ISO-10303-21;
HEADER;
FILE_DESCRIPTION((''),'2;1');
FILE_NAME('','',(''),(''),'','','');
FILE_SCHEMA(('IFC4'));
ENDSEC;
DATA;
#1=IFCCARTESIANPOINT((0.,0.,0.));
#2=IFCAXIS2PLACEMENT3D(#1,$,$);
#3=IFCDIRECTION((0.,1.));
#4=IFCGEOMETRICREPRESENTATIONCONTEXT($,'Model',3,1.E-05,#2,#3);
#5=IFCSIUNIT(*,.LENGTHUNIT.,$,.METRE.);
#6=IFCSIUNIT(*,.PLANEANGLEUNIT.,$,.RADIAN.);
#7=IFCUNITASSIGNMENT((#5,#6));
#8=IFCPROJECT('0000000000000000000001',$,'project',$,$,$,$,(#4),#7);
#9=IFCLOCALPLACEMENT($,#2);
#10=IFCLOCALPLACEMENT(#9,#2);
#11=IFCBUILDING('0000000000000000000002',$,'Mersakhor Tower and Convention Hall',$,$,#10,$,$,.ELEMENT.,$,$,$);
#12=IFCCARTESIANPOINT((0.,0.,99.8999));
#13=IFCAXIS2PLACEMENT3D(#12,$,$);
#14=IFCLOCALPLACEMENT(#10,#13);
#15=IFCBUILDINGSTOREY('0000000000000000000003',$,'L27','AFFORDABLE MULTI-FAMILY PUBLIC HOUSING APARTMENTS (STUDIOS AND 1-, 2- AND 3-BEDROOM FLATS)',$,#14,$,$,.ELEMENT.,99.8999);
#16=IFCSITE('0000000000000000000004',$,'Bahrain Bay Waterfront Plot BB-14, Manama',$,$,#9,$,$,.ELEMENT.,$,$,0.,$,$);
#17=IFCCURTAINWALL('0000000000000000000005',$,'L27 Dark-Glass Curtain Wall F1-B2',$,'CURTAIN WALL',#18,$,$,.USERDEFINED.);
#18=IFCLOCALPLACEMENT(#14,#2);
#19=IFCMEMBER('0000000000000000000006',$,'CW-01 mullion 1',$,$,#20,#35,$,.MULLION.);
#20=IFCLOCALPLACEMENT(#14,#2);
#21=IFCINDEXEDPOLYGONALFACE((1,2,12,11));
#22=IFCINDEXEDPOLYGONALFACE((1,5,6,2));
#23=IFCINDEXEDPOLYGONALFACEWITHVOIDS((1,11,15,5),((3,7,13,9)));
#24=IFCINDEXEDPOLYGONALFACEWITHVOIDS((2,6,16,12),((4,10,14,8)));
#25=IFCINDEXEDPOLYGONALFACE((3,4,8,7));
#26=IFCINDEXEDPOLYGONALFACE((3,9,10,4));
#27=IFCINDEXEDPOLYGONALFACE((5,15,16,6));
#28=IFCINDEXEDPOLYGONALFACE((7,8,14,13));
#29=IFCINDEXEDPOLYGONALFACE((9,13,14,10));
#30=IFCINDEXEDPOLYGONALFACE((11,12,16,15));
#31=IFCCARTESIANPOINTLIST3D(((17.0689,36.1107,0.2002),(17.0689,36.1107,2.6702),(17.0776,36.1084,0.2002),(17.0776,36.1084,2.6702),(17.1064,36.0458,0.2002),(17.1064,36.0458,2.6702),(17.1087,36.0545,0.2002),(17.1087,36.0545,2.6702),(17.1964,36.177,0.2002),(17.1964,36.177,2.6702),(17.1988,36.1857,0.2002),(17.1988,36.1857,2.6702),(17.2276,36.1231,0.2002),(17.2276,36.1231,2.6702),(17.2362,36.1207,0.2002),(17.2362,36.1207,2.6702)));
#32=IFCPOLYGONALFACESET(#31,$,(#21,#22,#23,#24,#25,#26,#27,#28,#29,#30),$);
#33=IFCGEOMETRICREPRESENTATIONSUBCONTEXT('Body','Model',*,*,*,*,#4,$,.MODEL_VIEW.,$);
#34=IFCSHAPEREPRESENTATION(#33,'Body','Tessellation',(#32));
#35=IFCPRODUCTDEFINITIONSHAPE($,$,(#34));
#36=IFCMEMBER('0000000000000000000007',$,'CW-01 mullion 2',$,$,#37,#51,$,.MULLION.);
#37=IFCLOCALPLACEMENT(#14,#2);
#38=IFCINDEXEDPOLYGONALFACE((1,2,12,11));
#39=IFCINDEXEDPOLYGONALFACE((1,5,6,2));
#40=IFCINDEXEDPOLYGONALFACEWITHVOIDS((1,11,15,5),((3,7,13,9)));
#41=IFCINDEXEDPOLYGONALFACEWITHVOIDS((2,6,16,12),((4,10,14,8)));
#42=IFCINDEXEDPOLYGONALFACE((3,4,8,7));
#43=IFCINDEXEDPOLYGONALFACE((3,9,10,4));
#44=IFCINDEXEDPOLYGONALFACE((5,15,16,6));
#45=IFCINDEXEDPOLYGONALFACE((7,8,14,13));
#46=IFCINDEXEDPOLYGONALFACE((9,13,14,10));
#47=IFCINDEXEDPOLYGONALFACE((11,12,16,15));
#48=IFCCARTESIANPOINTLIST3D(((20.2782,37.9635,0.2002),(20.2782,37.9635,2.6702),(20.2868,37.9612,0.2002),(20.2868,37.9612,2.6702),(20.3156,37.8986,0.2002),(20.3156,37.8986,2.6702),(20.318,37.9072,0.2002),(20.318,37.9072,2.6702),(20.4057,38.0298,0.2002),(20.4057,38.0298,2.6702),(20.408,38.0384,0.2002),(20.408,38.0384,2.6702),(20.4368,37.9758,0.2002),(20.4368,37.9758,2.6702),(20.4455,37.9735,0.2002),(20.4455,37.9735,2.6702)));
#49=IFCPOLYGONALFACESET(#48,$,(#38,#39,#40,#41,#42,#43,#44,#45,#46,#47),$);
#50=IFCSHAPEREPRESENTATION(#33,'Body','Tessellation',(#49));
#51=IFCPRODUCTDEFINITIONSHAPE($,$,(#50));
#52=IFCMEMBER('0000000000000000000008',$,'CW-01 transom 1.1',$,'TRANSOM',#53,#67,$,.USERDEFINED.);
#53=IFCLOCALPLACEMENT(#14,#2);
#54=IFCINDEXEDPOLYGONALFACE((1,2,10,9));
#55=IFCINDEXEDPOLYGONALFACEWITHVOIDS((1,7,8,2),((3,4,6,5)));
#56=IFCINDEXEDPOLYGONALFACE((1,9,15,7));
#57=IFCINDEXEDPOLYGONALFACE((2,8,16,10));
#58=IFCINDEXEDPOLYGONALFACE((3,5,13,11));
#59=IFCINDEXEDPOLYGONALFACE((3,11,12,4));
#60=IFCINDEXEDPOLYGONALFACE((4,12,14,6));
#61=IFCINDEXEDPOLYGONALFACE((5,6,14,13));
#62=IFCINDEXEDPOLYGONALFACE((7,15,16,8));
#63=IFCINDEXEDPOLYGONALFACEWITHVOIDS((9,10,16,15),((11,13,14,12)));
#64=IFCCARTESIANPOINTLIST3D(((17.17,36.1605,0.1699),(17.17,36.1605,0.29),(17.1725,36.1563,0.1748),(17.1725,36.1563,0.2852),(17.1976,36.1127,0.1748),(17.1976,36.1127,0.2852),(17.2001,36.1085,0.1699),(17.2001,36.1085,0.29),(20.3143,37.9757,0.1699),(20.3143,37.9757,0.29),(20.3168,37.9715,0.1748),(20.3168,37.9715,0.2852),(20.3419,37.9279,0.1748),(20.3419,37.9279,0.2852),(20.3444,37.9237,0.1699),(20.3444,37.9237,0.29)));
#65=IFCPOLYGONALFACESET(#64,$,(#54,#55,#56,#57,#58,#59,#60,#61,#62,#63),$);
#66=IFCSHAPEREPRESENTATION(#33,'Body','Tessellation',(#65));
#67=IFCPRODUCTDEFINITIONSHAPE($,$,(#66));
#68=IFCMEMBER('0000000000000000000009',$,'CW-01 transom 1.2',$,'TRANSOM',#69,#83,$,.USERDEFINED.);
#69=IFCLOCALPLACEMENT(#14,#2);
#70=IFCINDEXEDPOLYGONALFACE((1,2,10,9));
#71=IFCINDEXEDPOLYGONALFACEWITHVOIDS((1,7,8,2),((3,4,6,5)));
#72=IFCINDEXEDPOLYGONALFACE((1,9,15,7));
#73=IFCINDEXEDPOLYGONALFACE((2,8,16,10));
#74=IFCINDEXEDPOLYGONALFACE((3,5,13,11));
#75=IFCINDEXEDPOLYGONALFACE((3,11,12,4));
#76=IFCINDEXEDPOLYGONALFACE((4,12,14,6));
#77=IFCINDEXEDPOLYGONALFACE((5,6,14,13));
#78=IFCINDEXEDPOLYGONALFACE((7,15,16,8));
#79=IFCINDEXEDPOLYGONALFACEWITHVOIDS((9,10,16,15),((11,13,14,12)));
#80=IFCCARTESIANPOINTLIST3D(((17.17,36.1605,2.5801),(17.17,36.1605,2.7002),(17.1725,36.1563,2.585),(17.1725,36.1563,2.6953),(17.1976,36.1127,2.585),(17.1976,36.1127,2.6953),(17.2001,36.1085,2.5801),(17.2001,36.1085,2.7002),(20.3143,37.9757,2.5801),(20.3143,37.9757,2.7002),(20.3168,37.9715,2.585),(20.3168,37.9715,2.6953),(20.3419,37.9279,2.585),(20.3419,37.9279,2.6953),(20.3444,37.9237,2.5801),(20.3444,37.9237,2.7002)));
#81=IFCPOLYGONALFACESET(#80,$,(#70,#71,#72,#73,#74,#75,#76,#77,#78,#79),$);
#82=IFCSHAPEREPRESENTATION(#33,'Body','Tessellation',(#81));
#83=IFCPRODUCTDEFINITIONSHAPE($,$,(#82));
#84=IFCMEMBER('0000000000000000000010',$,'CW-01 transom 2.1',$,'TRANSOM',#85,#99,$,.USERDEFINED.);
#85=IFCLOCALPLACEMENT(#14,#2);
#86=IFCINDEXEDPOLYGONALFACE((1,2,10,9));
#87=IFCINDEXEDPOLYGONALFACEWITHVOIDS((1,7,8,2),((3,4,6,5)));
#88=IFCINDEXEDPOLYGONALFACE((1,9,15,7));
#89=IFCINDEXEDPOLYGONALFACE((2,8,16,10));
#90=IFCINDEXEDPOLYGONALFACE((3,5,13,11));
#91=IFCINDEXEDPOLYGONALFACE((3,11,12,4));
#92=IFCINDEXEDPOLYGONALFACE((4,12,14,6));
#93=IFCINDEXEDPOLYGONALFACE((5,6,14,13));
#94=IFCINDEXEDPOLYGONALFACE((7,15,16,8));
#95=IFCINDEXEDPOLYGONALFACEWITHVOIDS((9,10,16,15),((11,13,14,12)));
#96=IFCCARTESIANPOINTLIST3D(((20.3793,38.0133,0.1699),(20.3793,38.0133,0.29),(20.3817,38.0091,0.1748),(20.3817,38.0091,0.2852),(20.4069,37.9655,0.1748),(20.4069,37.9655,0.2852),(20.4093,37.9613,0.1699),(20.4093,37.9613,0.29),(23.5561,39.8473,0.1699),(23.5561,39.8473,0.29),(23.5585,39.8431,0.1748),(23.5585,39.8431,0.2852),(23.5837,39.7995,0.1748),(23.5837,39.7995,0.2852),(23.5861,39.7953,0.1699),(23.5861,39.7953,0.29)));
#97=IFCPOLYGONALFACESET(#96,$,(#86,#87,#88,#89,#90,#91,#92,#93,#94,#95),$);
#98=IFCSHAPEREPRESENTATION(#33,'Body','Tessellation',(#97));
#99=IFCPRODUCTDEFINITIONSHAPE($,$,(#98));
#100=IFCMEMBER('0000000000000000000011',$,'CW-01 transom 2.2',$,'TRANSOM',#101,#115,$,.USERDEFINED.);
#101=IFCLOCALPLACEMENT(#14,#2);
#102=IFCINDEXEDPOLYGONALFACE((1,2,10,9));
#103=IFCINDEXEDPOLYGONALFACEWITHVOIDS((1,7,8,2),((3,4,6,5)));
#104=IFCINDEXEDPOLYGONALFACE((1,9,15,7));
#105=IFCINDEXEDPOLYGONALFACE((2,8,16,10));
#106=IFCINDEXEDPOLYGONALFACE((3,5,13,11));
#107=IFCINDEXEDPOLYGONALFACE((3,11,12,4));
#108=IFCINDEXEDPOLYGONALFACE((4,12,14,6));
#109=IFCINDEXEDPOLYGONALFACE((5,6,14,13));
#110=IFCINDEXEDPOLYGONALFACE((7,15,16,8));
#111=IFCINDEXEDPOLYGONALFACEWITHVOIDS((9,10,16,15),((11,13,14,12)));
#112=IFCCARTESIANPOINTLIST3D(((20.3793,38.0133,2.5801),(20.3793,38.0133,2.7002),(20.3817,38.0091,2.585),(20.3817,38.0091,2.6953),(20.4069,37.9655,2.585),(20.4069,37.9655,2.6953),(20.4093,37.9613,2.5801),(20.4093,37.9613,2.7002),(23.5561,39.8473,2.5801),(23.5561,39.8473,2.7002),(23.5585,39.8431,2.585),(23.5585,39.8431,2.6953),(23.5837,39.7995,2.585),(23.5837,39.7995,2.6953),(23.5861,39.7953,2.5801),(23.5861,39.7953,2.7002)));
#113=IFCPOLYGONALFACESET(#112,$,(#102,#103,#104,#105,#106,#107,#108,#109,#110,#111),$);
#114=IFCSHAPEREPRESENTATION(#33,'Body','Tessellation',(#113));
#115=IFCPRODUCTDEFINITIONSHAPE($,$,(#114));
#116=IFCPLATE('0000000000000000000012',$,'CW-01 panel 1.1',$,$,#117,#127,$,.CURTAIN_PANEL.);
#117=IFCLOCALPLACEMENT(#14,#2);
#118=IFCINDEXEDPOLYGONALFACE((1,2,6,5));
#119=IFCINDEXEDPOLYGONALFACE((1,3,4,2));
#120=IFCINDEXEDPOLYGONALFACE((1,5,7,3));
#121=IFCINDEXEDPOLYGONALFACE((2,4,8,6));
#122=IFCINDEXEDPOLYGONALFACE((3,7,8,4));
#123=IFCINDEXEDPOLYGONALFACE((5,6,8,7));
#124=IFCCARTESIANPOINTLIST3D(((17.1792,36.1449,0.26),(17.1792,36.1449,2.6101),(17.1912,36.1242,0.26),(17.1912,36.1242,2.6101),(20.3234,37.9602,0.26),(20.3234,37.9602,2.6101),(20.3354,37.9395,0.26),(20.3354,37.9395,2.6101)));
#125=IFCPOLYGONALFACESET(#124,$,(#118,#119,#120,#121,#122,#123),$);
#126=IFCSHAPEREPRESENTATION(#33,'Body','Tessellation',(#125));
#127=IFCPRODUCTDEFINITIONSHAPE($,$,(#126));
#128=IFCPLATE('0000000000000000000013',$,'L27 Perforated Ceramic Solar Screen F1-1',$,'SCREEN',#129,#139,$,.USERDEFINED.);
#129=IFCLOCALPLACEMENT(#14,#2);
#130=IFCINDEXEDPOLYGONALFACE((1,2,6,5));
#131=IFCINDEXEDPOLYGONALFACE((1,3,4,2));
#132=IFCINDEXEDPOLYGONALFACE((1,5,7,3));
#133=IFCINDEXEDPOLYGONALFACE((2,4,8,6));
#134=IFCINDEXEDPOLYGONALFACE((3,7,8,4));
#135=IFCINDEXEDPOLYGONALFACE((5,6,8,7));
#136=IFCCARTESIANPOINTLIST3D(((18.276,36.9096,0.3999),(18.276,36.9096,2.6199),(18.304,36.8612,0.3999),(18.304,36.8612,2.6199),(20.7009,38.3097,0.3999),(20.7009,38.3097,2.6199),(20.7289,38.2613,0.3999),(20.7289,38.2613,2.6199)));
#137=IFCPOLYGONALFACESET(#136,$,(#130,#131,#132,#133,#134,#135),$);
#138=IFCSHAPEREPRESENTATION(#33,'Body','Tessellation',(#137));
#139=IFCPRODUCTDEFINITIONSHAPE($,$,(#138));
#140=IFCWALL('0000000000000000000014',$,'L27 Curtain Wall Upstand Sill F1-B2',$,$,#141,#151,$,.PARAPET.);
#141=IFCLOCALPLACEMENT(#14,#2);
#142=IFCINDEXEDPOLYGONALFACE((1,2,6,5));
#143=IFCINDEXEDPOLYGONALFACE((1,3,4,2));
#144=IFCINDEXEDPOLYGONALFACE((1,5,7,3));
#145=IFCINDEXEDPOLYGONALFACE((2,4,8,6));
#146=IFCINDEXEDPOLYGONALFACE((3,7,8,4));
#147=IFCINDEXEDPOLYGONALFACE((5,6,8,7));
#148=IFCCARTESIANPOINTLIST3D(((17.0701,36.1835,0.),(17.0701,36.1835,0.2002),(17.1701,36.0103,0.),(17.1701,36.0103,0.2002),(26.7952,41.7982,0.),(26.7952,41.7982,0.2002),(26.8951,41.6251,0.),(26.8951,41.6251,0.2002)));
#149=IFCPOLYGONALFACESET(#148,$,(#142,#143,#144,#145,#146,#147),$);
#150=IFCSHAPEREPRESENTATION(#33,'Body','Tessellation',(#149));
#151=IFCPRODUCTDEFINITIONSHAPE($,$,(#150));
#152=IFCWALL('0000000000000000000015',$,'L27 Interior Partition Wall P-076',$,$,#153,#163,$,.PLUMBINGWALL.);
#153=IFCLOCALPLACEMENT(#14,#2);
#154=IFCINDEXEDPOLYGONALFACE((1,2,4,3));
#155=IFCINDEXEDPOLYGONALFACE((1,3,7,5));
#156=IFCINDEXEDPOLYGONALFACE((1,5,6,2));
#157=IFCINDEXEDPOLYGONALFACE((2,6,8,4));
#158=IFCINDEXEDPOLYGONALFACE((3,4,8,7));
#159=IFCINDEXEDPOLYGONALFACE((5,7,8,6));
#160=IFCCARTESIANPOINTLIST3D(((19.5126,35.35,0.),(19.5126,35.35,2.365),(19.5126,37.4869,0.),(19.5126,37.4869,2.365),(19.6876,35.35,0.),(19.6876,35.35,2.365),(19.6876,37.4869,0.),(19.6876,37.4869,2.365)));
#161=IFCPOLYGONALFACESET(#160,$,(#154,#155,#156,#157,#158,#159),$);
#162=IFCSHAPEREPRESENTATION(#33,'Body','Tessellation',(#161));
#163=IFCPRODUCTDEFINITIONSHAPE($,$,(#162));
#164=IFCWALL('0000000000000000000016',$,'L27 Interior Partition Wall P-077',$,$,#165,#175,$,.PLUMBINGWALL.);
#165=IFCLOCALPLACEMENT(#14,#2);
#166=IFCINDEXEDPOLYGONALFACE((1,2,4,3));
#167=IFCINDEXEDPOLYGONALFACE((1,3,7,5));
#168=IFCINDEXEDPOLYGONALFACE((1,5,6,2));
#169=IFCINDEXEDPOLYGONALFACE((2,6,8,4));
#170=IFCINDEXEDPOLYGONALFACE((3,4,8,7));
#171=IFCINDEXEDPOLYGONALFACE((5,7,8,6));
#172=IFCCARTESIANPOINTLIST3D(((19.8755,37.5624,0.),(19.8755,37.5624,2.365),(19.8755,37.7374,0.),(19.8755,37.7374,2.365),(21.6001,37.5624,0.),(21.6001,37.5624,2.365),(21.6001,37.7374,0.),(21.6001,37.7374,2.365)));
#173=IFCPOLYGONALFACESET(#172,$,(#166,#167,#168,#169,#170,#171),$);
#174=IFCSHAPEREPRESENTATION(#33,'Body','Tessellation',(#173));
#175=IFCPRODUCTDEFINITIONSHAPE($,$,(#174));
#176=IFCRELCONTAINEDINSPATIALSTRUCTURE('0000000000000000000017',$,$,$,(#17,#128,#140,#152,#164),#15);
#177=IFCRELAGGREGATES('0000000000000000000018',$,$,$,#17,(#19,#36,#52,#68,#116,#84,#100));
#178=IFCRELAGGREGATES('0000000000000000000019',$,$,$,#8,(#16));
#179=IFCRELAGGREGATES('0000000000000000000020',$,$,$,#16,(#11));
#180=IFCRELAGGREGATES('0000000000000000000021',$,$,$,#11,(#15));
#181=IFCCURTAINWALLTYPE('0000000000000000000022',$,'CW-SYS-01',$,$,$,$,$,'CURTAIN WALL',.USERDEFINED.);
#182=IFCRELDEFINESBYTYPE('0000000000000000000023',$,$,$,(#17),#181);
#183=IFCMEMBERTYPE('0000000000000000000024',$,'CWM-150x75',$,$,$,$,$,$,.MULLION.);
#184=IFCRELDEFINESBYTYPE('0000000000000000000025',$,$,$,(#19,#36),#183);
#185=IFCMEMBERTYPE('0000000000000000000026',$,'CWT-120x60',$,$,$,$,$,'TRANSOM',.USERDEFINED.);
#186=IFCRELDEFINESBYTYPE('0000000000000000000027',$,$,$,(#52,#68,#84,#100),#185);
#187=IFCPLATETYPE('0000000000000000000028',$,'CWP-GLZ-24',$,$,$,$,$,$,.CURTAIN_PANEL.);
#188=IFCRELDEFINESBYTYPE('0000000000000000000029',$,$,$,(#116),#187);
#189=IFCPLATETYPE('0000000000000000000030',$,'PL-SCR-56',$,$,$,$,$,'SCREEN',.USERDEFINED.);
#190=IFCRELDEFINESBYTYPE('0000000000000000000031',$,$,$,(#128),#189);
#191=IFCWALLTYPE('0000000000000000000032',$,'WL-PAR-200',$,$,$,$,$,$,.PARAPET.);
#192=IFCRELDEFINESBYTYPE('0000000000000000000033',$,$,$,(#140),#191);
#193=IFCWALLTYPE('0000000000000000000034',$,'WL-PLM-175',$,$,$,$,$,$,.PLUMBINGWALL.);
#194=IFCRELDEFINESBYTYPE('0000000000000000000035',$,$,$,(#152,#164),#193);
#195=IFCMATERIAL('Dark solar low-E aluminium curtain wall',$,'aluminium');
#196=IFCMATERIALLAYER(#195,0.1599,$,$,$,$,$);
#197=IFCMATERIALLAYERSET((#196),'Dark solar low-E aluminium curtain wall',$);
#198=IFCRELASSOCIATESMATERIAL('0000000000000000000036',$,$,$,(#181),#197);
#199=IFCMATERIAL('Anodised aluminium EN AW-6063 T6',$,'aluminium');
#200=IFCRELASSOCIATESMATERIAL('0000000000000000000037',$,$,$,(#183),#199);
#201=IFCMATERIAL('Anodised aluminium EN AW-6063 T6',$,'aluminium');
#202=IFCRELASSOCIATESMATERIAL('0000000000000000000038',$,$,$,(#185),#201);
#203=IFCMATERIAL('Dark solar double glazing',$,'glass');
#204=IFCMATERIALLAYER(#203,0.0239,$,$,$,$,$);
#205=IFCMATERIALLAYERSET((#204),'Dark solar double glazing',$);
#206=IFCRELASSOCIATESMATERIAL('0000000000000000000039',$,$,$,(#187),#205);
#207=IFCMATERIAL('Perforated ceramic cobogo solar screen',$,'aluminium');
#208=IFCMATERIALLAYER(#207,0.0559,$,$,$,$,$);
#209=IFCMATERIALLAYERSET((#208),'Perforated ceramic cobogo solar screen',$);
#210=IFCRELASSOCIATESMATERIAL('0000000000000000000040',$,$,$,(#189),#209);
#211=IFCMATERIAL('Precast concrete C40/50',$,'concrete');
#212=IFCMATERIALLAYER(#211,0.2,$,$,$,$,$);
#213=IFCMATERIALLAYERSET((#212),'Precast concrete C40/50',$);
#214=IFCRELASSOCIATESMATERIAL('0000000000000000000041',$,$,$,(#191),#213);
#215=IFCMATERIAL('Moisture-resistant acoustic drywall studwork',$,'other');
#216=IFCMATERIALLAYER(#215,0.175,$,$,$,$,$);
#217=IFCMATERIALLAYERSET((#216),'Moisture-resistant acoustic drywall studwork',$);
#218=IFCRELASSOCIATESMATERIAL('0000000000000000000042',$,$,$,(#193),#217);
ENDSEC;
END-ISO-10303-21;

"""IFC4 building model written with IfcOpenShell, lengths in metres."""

from ifc_helpers import new_model, si_unit, direction, frame, frame_2d, origin, origin_2d, place, context, subcontext, project, spatial, rectangle, hollow_rectangle, extrude, material, layer, layer_set, material_profile, profile_set, type_object, element, aggregate, save


model = new_model("IFC4")

# Units and contexts
model_context = context("Model", 3, precision=1e-05, world=origin(), true_north=direction((0.0, 1.0)))
body_context = subcontext(model_context, "Body", "Model", "MODEL_VIEW")
ifc_project = project(units=[si_unit("LENGTHUNIT", "METRE"), si_unit("PLANEANGLEUNIT", "RADIAN")], contexts=[model_context])

# Site, building, storey
site_placement = place(None, origin())
site = spatial("IfcSite", under=ifc_project, at=site_placement, Name="Bahrain Bay Waterfront Plot BB-14, Manama", CompositionType="ELEMENT", RefElevation=0.0)
building_placement = place(site_placement, origin())
building = spatial("IfcBuilding", under=site, at=building_placement, Name="Mersakhor Tower and Convention Hall", CompositionType="ELEMENT")
storey_placement = place(building_placement, frame((0.0, 0.0, 99.8999)))
storey = spatial("IfcBuildingStorey", under=building, at=storey_placement, Name="L27", Description="AFFORDABLE MULTI-FAMILY PUBLIC HOUSING APARTMENTS (STUDIOS AND 1-, 2- AND 3-BEDROOM FLATS)", CompositionType="ELEMENT", Elevation=99.8999)

# Curtain wall, members, plate
ifc_material_1 = material(Name="Dark solar low-E aluminium curtain wall", Category="aluminium")
ifc_layer_1 = layer(ifc_material_1, 0.1599)
ifc_layer_set_1 = layer_set([ifc_layer_1], Name="Dark solar low-E aluminium curtain wall")
curtain_wall_type = type_object("IfcCurtainWallType", Name="CW-SYS-01", ElementType="CURTAIN WALL", PredefinedType="USERDEFINED", material=ifc_layer_set_1)
curtain_wall_placement = place(storey_placement, origin())
curtain_wall = element("IfcCurtainWall", 1, at=curtain_wall_placement, inside=storey, type_object=curtain_wall_type, Name="L27 Dark-Glass Curtain Wall F1-B2", ObjectType="CURTAIN WALL", PredefinedType="USERDEFINED")
ifc_material_2 = material(Name="Anodised aluminium EN AW-6063 T6", Category="aluminium")
ifc_material_profile_1 = material_profile(ifc_material_2, hollow_rectangle(XDim=0.075, YDim=0.1499, WallThickness=0.0063, at=origin_2d()), Name="RHS 150x75x6.3")
ifc_profile_set_1 = profile_set([ifc_material_profile_1], Name="Anodised aluminium EN AW-6063 T6")
member_type_1 = type_object("IfcMemberType", Name="CWM-150x75", PredefinedType="MULLION", material=ifc_profile_set_1)
member_1_placement = place(storey_placement, frame((17.1526, 36.1157, 0.2002), z_axis=(0.0, 0.0, 1.0), x_axis=(-0.499998, 0.866027, 0.0)))
member_1 = element("IfcMember", 2, at=member_1_placement, type_object=member_type_1, Name="CW-01 mullion 1", PredefinedType="MULLION", context=body_context, shape_type="SweptSolid", body=[
    extrude(hollow_rectangle(XDim=0.075, YDim=0.1499, WallThickness=0.0063, at=origin_2d()), origin(), (0.0, 0.0, 1.0), 2.47),
])
member_2_placement = place(storey_placement, frame((20.3618, 37.9685, 0.2002), z_axis=(0.0, 0.0, 1.0), x_axis=(-0.499998, 0.866027, 0.0)))
member_2 = element("IfcMember", 3, at=member_2_placement, type_object=member_type_1, Name="CW-01 mullion 2", PredefinedType="MULLION", context=body_context, shape_type="SweptSolid", body=[
    extrude(hollow_rectangle(XDim=0.075, YDim=0.1499, WallThickness=0.0063, at=origin_2d()), origin(), (0.0, 0.0, 1.0), 2.47),
])
ifc_material_3 = material(Name="Anodised aluminium EN AW-6063 T6", Category="aluminium")
ifc_material_profile_2 = material_profile(ifc_material_3, hollow_rectangle(XDim=0.0601, YDim=0.1201, WallThickness=0.0049, at=origin_2d()), Name="RHS 120x60x5")
ifc_profile_set_2 = profile_set([ifc_material_profile_2], Name="Anodised aluminium EN AW-6063 T6")
member_type_2 = type_object("IfcMemberType", Name="CWT-120x60", ElementType="TRANSOM", PredefinedType="USERDEFINED", material=ifc_profile_set_2)
member_3_placement = place(storey_placement, frame((17.1851, 36.1345, 0.23), z_axis=(0.866046, 0.499965, 0.0), x_axis=(-0.499965, 0.866046, 0.0)))
member_3 = element("IfcMember", 4, at=member_3_placement, type_object=member_type_2, Name="CW-01 transom 1.1", ObjectType="TRANSOM", PredefinedType="USERDEFINED", context=body_context, shape_type="SweptSolid", body=[
    extrude(hollow_rectangle(XDim=0.0601, YDim=0.1201, WallThickness=0.0049, at=origin_2d()), origin(), (0.0, 0.0, 1.0), 3.6306),
])
member_4_placement = place(storey_placement, frame((17.1851, 36.1345, 2.6401), z_axis=(0.866046, 0.499965, 0.0), x_axis=(-0.499965, 0.866046, 0.0)))
member_4 = element("IfcMember", 5, at=member_4_placement, type_object=member_type_2, Name="CW-01 transom 1.2", ObjectType="TRANSOM", PredefinedType="USERDEFINED", context=body_context, shape_type="SweptSolid", body=[
    extrude(hollow_rectangle(XDim=0.0601, YDim=0.1201, WallThickness=0.0049, at=origin_2d()), origin(), (0.0, 0.0, 1.0), 3.6306),
])
member_5_placement = place(storey_placement, frame((20.3943, 37.9873, 0.23), z_axis=(0.866039, 0.499976, 0.0), x_axis=(-0.499976, 0.866039, 0.0)))
member_5 = element("IfcMember", 6, at=member_5_placement, type_object=member_type_2, Name="CW-01 transom 2.1", ObjectType="TRANSOM", PredefinedType="USERDEFINED", context=body_context, shape_type="SweptSolid", body=[
    extrude(hollow_rectangle(XDim=0.0601, YDim=0.1201, WallThickness=0.0049, at=origin_2d()), origin(), (0.0, 0.0, 1.0), 3.6682),
])
member_6_placement = place(storey_placement, frame((20.3943, 37.9873, 2.6401), z_axis=(0.866039, 0.499976, 0.0), x_axis=(-0.499976, 0.866039, 0.0)))
member_6 = element("IfcMember", 7, at=member_6_placement, type_object=member_type_2, Name="CW-01 transom 2.2", ObjectType="TRANSOM", PredefinedType="USERDEFINED", context=body_context, shape_type="SweptSolid", body=[
    extrude(hollow_rectangle(XDim=0.0601, YDim=0.1201, WallThickness=0.0049, at=origin_2d()), origin(), (0.0, 0.0, 1.0), 3.6682),
])
ifc_material_4 = material(Name="Dark solar double glazing", Category="glass")
ifc_layer_2 = layer(ifc_material_4, 0.0239)
ifc_layer_set_2 = layer_set([ifc_layer_2], Name="Dark solar double glazing")
plate_type_1 = type_object("IfcPlateType", Name="CWP-GLZ-24", PredefinedType="CURTAIN_PANEL", material=ifc_layer_set_2)
plate_1_placement = place(storey_placement, frame((18.7573, 37.0422, 0.26), z_axis=(0.0, 0.0, 1.0), x_axis=(0.866027, 0.499998, 0.0)))
plate_1 = element("IfcPlate", 8, at=plate_1_placement, type_object=plate_type_1, Name="CW-01 panel 1.1", PredefinedType="CURTAIN_PANEL", context=body_context, shape_type="SweptSolid", body=[
    extrude(rectangle(XDim=3.6306, YDim=0.0239, at=origin_2d()), origin(), (0.0, 0.0, 1.0), 2.3501),
])
aggregate(curtain_wall, [member_1, member_2, member_3, member_4, plate_1, member_5, member_6])

# Plate
ifc_material_5 = material(Name="Perforated ceramic cobogo solar screen", Category="aluminium")
ifc_layer_3 = layer(ifc_material_5, 0.0559)
ifc_layer_set_3 = layer_set([ifc_layer_3], Name="Perforated ceramic cobogo solar screen")
plate_type_2 = type_object("IfcPlateType", Name="PL-SCR-56", ElementType="SCREEN", PredefinedType="USERDEFINED", material=ifc_layer_set_3)
plate_2_placement = place(storey_placement, frame((19.5024, 37.5854, 0.3999), z_axis=(0.0, 0.0, 1.0), x_axis=(0.866025, 0.5, 0.0)))
element("IfcPlate", 9, at=plate_2_placement, inside=storey, type_object=plate_type_2, Name="L27 Perforated Ceramic Solar Screen F1-1", ObjectType="SCREEN", PredefinedType="USERDEFINED", context=body_context, shape_type="SweptSolid", body=[
    extrude(rectangle(XDim=2.8, YDim=0.0559, at=origin_2d()), origin(), (0.0, 0.0, 1.0), 2.22),
])

# Walls
ifc_material_6 = material(Name="Precast concrete C40/50", Category="concrete")
ifc_layer_4 = layer(ifc_material_6, 0.2)
ifc_layer_set_4 = layer_set([ifc_layer_4], Name="Precast concrete C40/50")
wall_type_1 = type_object("IfcWallType", Name="WL-PAR-200", PredefinedType="PARAPET", material=ifc_layer_set_4)
wall_1_placement = place(storey_placement, frame((17.1201, 36.0969, 0.0), z_axis=(0.0, 0.0, 1.0), x_axis=(0.866027, 0.499997, 0.0)))
element("IfcWall", 10, at=wall_1_placement, inside=storey, type_object=wall_type_1, Name="L27 Curtain Wall Upstand Sill F1-B2", PredefinedType="PARAPET", context=body_context, shape_type="SweptSolid", body=[
    extrude(rectangle(XDim=11.2295, YDim=0.2, at=frame_2d((5.6147, 0.0))), origin(), (0.0, 0.0, 1.0), 0.2002),
])
ifc_material_7 = material(Name="Moisture-resistant acoustic drywall studwork", Category="other")
ifc_layer_5 = layer(ifc_material_7, 0.175)
ifc_layer_set_5 = layer_set([ifc_layer_5], Name="Moisture-resistant acoustic drywall studwork")
wall_type_2 = type_object("IfcWallType", Name="WL-PLM-175", PredefinedType="PLUMBINGWALL", material=ifc_layer_set_5)
wall_2_placement = place(storey_placement, frame((19.6001, 35.3501, 0.0), z_axis=(0.0, 0.0, 1.0), x_axis=(0.0, 1.0, 0.0)))
element("IfcWall", 11, at=wall_2_placement, inside=storey, type_object=wall_type_2, Name="L27 Interior Partition Wall P-076", PredefinedType="PLUMBINGWALL", context=body_context, shape_type="SweptSolid", body=[
    extrude(rectangle(XDim=2.137, YDim=0.175, at=frame_2d((1.0684, 0.0))), origin(), (0.0, 0.0, 1.0), 2.365),
])
wall_3_placement = place(storey_placement, frame((19.8755, 37.6499, 0.0), z_axis=(0.0, 0.0, 1.0), x_axis=(1.0, 0.0, 0.0)))
element("IfcWall", 12, at=wall_3_placement, inside=storey, type_object=wall_type_2, Name="L27 Interior Partition Wall P-077", PredefinedType="PLUMBINGWALL", context=body_context, shape_type="SweptSolid", body=[
    extrude(rectangle(XDim=1.7246, YDim=0.175, at=frame_2d((0.8623, 0.0))), origin(), (0.0, 0.0, 1.0), 2.365),
])

save(model, "model.ifc")
